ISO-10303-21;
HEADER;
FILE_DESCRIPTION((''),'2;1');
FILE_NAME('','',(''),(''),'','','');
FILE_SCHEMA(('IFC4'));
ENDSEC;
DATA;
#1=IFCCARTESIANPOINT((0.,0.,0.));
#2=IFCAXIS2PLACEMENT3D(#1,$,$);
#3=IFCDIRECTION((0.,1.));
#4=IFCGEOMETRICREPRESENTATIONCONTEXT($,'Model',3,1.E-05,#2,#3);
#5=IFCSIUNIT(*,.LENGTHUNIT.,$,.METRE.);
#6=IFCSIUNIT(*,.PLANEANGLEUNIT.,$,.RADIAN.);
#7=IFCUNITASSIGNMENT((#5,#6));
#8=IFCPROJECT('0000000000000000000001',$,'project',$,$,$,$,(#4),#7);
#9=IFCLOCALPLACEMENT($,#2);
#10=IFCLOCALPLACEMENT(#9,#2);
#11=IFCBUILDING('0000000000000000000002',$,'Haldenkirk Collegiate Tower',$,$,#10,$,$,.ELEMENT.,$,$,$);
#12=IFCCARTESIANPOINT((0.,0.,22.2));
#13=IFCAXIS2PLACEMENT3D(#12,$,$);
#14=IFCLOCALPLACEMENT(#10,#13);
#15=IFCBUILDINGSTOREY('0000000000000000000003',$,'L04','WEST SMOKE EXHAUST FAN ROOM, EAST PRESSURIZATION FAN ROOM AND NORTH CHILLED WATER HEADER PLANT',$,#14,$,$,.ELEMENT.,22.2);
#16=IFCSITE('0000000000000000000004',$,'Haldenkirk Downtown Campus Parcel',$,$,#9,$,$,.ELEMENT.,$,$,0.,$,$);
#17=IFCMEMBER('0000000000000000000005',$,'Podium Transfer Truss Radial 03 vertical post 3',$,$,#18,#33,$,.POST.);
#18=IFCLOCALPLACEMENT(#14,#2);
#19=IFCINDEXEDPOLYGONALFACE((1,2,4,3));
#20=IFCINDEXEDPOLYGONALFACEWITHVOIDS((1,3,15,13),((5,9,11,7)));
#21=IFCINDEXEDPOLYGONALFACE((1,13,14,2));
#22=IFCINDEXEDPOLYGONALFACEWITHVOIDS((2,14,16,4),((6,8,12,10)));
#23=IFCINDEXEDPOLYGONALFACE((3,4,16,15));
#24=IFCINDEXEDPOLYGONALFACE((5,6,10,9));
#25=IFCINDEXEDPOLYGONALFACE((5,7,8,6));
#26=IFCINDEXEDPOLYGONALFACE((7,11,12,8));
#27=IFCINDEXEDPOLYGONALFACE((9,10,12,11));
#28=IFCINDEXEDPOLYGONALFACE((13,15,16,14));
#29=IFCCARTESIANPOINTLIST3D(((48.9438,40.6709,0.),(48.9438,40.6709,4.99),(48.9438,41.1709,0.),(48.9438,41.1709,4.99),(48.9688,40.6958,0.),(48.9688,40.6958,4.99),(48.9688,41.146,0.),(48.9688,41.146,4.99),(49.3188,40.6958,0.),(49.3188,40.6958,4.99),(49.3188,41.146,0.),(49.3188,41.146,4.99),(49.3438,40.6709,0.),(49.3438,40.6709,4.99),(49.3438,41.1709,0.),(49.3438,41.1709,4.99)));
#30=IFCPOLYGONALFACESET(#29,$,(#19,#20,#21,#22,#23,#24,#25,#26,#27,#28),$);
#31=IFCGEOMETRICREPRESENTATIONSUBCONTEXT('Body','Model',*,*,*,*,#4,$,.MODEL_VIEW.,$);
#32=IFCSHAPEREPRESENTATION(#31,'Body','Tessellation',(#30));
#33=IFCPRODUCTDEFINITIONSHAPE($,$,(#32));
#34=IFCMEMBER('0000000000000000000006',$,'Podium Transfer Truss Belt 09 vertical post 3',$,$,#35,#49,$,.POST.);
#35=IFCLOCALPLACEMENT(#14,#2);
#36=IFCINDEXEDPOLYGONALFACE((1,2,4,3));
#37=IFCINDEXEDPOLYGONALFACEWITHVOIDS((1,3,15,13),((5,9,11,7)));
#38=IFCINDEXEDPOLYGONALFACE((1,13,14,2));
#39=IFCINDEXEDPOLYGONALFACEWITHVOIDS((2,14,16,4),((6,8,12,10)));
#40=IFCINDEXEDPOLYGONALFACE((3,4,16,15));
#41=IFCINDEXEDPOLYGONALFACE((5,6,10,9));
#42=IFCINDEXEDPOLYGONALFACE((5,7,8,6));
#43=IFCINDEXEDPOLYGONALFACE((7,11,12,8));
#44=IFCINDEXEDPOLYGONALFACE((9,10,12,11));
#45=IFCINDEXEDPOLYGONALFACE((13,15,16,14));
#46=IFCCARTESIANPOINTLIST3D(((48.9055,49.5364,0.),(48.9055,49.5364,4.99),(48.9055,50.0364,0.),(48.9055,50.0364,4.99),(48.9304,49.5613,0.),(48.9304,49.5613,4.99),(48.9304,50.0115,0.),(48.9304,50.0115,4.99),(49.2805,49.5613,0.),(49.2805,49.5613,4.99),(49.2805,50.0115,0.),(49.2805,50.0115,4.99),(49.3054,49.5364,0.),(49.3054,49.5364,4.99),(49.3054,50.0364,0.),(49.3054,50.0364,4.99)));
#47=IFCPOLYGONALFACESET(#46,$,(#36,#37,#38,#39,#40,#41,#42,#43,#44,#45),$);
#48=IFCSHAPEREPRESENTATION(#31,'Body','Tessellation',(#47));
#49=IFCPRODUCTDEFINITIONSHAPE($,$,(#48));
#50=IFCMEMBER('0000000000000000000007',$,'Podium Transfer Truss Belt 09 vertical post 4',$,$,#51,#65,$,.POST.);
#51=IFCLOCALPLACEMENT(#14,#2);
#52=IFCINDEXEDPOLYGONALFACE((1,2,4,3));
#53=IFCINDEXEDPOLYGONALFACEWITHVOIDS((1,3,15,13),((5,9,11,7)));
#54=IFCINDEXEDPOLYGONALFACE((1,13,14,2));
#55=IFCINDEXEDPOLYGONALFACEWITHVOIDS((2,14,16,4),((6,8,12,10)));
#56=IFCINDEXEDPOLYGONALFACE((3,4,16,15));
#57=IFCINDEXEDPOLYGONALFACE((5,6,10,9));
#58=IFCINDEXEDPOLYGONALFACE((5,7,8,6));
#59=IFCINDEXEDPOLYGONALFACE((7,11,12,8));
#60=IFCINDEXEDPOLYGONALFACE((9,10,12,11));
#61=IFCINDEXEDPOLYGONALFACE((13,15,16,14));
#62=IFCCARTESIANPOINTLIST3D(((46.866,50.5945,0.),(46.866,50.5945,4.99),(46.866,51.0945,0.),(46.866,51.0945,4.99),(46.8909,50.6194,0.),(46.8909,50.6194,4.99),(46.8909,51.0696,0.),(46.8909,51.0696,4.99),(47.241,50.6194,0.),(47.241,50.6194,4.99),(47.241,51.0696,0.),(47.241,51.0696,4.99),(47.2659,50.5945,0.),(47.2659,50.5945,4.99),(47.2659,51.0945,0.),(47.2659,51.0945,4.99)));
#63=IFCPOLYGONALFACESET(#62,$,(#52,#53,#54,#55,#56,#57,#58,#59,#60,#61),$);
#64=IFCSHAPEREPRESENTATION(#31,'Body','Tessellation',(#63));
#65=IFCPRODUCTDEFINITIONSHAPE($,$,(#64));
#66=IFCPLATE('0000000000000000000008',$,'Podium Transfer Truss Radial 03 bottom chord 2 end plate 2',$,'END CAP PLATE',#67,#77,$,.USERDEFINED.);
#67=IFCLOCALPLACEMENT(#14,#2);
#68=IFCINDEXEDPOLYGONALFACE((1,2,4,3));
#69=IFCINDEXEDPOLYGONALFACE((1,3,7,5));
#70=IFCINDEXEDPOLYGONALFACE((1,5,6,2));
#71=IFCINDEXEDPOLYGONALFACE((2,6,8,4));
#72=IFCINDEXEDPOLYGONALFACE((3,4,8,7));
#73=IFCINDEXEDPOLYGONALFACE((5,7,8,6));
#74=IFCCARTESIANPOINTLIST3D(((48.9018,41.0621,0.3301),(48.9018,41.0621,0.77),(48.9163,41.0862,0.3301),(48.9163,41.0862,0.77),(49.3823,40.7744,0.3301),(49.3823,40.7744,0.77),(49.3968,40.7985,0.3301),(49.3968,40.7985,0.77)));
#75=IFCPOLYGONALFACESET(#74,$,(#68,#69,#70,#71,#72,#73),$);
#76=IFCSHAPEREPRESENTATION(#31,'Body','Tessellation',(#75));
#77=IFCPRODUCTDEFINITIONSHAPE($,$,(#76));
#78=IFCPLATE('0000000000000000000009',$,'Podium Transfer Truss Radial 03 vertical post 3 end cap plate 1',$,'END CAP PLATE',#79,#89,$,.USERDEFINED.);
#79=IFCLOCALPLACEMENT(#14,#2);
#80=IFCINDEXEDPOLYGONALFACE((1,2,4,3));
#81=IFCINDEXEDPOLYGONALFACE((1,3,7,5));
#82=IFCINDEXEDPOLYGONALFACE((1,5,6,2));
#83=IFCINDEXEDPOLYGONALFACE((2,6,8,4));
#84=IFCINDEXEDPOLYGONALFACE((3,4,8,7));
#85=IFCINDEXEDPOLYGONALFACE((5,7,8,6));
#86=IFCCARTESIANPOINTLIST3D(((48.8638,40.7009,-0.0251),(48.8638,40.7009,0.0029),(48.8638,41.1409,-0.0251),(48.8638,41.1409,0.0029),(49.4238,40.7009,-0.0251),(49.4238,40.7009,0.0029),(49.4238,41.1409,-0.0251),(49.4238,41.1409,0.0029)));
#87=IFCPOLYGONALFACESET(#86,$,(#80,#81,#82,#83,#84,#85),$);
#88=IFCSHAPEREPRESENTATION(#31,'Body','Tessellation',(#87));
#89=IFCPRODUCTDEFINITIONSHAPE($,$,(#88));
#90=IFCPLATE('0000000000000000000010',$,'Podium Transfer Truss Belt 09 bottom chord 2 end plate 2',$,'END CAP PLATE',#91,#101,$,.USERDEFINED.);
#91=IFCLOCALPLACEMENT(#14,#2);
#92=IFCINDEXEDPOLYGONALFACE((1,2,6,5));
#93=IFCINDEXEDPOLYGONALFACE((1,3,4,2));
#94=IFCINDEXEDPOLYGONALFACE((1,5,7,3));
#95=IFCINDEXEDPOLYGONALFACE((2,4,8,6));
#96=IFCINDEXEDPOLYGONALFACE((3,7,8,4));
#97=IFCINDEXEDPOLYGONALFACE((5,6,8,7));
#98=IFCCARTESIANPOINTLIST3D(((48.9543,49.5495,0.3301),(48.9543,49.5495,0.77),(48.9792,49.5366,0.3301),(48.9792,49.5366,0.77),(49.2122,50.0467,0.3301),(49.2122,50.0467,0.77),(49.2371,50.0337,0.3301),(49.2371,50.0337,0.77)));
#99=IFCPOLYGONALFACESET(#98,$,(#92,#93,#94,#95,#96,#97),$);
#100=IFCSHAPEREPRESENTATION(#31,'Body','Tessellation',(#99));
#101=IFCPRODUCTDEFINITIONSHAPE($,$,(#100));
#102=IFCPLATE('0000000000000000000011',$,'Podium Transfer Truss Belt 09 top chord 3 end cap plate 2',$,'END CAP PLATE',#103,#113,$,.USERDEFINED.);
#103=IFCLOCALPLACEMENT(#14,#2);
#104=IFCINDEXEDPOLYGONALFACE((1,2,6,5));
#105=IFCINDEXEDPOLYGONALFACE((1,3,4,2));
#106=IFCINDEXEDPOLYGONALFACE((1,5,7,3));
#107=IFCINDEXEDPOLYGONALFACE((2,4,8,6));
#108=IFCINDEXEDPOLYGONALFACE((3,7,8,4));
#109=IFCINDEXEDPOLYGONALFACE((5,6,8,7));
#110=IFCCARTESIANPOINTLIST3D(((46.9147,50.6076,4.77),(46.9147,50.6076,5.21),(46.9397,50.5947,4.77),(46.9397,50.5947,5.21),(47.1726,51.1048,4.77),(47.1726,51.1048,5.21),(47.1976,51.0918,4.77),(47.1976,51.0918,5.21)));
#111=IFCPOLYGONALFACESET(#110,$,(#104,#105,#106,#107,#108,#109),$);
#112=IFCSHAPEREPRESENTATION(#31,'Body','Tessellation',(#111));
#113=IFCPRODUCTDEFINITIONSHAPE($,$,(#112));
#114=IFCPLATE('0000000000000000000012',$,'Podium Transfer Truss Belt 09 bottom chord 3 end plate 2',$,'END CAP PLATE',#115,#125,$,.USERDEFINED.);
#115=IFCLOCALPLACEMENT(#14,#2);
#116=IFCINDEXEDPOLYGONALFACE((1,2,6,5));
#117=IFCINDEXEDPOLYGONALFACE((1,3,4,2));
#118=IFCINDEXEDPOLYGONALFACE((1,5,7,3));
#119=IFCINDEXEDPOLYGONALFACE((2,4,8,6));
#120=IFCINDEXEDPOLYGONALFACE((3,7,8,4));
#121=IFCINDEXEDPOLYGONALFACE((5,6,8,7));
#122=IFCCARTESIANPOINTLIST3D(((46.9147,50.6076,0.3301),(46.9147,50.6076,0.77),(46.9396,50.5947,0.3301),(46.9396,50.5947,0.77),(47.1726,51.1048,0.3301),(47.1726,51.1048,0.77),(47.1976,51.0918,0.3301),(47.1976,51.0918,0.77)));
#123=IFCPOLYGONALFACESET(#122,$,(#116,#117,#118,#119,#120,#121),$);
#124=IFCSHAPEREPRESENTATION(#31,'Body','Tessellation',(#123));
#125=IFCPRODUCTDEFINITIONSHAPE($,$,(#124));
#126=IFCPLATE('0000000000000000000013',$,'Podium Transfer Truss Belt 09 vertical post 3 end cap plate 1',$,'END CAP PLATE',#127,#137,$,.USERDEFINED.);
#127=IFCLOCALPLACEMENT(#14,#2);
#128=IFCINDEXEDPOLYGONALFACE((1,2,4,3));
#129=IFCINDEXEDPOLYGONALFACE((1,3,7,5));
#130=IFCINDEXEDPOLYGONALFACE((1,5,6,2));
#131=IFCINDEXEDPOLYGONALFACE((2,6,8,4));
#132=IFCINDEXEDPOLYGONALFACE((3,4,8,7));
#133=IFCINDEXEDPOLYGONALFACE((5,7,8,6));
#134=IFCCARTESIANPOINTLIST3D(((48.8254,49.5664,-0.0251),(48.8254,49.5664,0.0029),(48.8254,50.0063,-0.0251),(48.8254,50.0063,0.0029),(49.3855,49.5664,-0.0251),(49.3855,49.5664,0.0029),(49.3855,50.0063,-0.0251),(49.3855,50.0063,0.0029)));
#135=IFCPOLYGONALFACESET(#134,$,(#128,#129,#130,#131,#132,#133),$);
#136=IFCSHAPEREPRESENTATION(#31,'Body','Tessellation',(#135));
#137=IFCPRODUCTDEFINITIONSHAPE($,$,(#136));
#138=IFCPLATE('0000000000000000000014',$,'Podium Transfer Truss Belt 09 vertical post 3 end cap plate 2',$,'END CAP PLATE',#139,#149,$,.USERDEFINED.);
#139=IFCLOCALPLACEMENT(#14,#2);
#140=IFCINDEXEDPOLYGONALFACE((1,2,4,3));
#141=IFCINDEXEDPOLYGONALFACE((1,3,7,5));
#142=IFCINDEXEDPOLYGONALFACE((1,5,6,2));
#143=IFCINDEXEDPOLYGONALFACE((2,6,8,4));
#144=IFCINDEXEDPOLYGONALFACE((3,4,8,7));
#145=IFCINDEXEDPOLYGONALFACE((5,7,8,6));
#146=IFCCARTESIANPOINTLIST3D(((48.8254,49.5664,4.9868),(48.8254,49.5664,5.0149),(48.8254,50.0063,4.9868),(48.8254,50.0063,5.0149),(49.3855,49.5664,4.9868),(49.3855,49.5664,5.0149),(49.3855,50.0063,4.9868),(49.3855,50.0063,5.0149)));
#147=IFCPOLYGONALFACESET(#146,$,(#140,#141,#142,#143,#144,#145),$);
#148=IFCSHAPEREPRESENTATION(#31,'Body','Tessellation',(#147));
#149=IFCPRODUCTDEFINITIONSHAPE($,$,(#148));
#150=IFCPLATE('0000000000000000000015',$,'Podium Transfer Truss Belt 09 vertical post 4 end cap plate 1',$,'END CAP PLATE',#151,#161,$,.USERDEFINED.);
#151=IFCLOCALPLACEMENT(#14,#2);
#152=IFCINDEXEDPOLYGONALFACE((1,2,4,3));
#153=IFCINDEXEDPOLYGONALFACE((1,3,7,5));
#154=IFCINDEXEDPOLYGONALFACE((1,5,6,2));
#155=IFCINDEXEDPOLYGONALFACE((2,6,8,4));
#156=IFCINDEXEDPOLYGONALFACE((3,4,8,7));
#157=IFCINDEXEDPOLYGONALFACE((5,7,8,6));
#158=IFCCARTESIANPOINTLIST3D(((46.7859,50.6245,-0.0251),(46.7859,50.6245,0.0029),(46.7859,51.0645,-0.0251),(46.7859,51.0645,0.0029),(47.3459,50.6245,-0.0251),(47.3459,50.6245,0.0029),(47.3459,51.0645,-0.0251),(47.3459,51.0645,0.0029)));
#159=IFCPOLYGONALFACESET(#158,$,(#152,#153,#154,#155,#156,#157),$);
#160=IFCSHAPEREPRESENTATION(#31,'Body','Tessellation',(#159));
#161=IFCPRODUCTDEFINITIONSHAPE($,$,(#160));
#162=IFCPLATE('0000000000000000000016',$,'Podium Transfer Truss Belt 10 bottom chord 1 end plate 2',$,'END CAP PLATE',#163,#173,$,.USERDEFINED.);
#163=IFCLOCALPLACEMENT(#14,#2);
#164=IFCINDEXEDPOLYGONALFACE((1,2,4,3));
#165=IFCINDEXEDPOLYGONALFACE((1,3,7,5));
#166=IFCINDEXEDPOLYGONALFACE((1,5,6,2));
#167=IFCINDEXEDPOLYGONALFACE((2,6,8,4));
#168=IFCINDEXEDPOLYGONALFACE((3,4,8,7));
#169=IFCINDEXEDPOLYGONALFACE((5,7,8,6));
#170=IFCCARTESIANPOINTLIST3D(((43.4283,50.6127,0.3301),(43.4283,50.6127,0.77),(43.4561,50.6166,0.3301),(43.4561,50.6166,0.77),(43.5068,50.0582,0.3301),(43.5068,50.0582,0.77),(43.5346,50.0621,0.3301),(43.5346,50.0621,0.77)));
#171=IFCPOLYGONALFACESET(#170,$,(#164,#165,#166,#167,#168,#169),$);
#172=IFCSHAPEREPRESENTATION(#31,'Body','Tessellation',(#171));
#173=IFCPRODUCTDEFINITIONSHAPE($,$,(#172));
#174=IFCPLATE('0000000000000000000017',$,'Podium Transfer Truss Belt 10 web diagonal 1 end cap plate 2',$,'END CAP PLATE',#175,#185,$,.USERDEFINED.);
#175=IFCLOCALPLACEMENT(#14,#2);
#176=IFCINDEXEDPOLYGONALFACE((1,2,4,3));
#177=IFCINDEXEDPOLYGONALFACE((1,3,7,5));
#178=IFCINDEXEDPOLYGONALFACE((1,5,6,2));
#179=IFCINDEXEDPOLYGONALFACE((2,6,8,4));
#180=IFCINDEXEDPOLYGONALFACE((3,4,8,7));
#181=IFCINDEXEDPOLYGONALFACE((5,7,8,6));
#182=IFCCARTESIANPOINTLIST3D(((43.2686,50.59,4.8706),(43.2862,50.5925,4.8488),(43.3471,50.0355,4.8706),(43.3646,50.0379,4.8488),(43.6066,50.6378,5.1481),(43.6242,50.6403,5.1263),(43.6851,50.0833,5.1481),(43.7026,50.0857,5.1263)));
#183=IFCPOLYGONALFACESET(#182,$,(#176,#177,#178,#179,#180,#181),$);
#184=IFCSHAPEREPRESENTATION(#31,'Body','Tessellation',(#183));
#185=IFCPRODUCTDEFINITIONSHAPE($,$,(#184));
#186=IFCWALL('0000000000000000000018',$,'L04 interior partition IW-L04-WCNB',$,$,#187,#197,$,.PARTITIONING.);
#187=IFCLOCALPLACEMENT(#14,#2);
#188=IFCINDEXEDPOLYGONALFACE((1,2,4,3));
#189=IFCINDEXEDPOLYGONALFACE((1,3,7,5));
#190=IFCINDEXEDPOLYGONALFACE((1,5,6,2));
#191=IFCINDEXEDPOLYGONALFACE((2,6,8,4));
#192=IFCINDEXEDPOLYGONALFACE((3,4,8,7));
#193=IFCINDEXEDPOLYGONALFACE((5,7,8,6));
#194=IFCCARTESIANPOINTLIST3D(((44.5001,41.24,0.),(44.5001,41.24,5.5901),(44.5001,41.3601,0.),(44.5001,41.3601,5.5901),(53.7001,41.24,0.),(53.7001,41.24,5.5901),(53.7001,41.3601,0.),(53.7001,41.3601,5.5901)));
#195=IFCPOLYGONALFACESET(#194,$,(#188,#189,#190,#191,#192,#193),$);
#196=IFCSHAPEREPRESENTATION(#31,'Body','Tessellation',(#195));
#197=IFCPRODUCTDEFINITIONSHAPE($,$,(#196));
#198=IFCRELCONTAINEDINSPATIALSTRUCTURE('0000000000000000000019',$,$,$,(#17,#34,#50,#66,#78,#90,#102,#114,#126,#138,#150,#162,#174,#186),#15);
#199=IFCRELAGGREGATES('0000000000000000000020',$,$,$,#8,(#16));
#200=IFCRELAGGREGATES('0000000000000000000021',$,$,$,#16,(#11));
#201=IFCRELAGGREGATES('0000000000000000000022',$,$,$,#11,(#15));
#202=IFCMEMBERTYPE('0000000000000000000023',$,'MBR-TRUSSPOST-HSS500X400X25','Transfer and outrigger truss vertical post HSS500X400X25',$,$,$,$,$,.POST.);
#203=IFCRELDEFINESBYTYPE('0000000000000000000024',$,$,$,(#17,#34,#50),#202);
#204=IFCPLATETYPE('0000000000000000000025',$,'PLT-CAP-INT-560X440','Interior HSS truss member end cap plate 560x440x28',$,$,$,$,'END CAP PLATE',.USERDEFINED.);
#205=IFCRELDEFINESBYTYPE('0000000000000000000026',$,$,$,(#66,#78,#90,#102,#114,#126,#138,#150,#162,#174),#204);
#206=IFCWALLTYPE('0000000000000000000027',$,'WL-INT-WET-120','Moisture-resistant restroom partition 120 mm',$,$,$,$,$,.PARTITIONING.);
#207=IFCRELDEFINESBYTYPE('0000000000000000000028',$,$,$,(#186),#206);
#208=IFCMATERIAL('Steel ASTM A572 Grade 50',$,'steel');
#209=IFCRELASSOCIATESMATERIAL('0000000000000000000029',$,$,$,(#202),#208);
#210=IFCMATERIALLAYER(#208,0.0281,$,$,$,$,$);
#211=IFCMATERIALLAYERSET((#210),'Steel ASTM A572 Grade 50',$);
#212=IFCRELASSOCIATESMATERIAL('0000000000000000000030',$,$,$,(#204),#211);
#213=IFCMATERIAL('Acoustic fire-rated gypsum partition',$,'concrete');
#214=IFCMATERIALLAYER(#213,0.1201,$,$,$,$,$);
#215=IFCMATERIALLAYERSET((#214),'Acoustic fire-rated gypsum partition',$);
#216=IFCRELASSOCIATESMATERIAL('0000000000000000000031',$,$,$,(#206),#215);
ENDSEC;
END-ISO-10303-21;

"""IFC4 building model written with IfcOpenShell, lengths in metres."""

from ifc_helpers import new_model, si_unit, direction, frame, frame_2d, origin, origin_2d, place, context, subcontext, project, spatial, rectangle, hollow_rectangle, extrude, source, transform, mapped, material, layer, layer_set, material_profile, profile_set, type_object, element, save


model = new_model("IFC4")

# Units and contexts
model_context = context("Model", 3, precision=1e-05, world=origin(), true_north=direction((0.0, 1.0)))
body_context = subcontext(model_context, "Body", "Model", "MODEL_VIEW")
ifc_project = project(units=[si_unit("LENGTHUNIT", "METRE"), si_unit("PLANEANGLEUNIT", "RADIAN")], contexts=[model_context])

# Site, building, storey
site_placement = place(None, origin())
site = spatial("IfcSite", under=ifc_project, at=site_placement, Name="Haldenkirk Downtown Campus Parcel", CompositionType="ELEMENT", RefElevation=0.0)
building_placement = place(site_placement, origin())
building = spatial("IfcBuilding", under=site, at=building_placement, Name="Haldenkirk Collegiate Tower", CompositionType="ELEMENT")
storey_placement = place(building_placement, frame((0.0, 0.0, 22.2)))
storey = spatial("IfcBuildingStorey", under=building, at=storey_placement, Name="L04", Description="WEST SMOKE EXHAUST FAN ROOM, EAST PRESSURIZATION FAN ROOM AND NORTH CHILLED WATER HEADER PLANT", CompositionType="ELEMENT", Elevation=22.2)

# Members
ifc_material_1 = material(Name="Steel ASTM A572 Grade 50", Category="steel")
ifc_material_profile_1 = material_profile(ifc_material_1, hollow_rectangle(XDim=0.3999, YDim=0.5, WallThickness=0.0249, at=origin_2d()), Name="HSS500X400X25")
ifc_profile_set_1 = profile_set([ifc_material_profile_1], Name="Steel ASTM A572 Grade 50")
member_type_1 = type_object("IfcMemberType", Name="MBR-TRUSSPOST-HSS500X400X25", Description="Transfer and outrigger truss vertical post HSS500X400X25", PredefinedType="POST", material=ifc_profile_set_1)
for number, where, z_axis, x_axis, name in (
    (1, (49.1438, 40.9209, 0.0), (0.0, 0.0, 1.0), (1.0, 0.0, 0.0), "Podium Transfer Truss Radial 03 vertical post 3"),
    (2, (49.1055, 49.7864, 0.0), (0.0, 0.0, 1.0), (1.0, 0.0, 0.0), "Podium Transfer Truss Belt 09 vertical post 3"),
    (3, (47.0659, 50.8445, 0.0), (0.0, 0.0, 1.0), (1.0, 0.0, 0.0), "Podium Transfer Truss Belt 09 vertical post 4"),
):
    element("IfcMember", number, at=place(storey_placement, frame(where, z_axis=z_axis, x_axis=x_axis)), inside=storey, type_object=member_type_1, Name=name, PredefinedType="POST", context=body_context, shape_type="SweptSolid", body=[
        extrude(hollow_rectangle(XDim=0.3999, YDim=0.5, WallThickness=0.0249, at=origin_2d()), origin(), (0.0, 0.0, 1.0), 4.99),
    ])

# Plates
ifc_layer_1 = layer(ifc_material_1, 0.0281)
ifc_layer_set_1 = layer_set([ifc_layer_1], Name="Steel ASTM A572 Grade 50")
plate_type = type_object("IfcPlateType", Name="PLT-CAP-INT-560X440", Description="Interior HSS truss member end cap plate 560x440x28", ElementType="END CAP PLATE", PredefinedType="USERDEFINED", material=ifc_layer_set_1)
shared_shape = source(origin(), body_context, "Body", "SweptSolid", [
    extrude(rectangle(XDim=0.5601, YDim=0.4399, at=origin_2d()), origin(), (0.0, 0.0, 1.0), 0.0281),
])
for number, where, z_axis, x_axis, name in (
    (4, (49.1421, 40.9182, 0.55), (0.513699, 0.85797, 0.0), (-0.85797, 0.513699, 0.0), "Podium Transfer Truss Radial 03 bottom chord 2 end plate 2"),
    (5, (49.1438, 40.9209, 0.0029), (0.0, 0.0, -1.0), (1.0, 0.0, 0.0), "Podium Transfer Truss Radial 03 vertical post 3 end cap plate 1"),
    (6, (49.1082, 49.7852, 0.55), (-0.887654, 0.46051, 0.0), (-0.46051, -0.887654, 0.0), "Podium Transfer Truss Belt 09 bottom chord 2 end plate 2"),
    (7, (47.0686, 50.8433, 4.99), (-0.88766, 0.460499, 0.0), (-0.460499, -0.88766, 0.0), "Podium Transfer Truss Belt 09 top chord 3 end cap plate 2"),
    (8, (47.0686, 50.8433, 0.55), (-0.887654, 0.46051, 0.0), (-0.46051, -0.887654, 0.0), "Podium Transfer Truss Belt 09 bottom chord 3 end plate 2"),
    (9, (49.1055, 49.7864, 0.0029), (0.0, 0.0, -1.0), (1.0, 0.0, 0.0), "Podium Transfer Truss Belt 09 vertical post 3 end cap plate 1"),
    (10, (49.1055, 49.7864, 4.9868), (0.0, 0.0, 1.0), (1.0, 0.0, 0.0), "Podium Transfer Truss Belt 09 vertical post 3 end cap plate 2"),
    (11, (47.0659, 50.8445, 0.0029), (0.0, 0.0, -1.0), (1.0, 0.0, 0.0), "Podium Transfer Truss Belt 09 vertical post 4 end cap plate 1"),
    (12, (43.4954, 50.3394, 0.55), (-0.990147, -0.140032, 0.0), (0.140032, -0.990147, 0.0), "Podium Transfer Truss Belt 10 bottom chord 1 end plate 2"),
    (13, (43.4944, 50.3391, 4.9875), (-0.624542, -0.088329, 0.77598), (0.140036, -0.990146, 0.0), "Podium Transfer Truss Belt 10 web diagonal 1 end cap plate 2"),
):
    element("IfcPlate", number, at=place(storey_placement, frame(where, z_axis=z_axis, x_axis=x_axis)), inside=storey, type_object=plate_type, Name=name, ObjectType="END CAP PLATE", PredefinedType="USERDEFINED", context=body_context, shape_type="MappedRepresentation", body=[
        mapped(shared_shape, transform((0.0, 0.0, 0.0), x_axis=(1.0, 0.0, 0.0), y_axis=(0.0, 1.0, 0.0), z_axis=(0.0, 0.0, 1.0), scale=1.0)),
    ])

# Wall
ifc_material_2 = material(Name="Acoustic fire-rated gypsum partition", Category="concrete")
ifc_layer_2 = layer(ifc_material_2, 0.1201)
ifc_layer_set_2 = layer_set([ifc_layer_2], Name="Acoustic fire-rated gypsum partition")
wall_type = type_object("IfcWallType", Name="WL-INT-WET-120", Description="Moisture-resistant restroom partition 120 mm", PredefinedType="PARTITIONING", material=ifc_layer_set_2)
wall_placement = place(storey_placement, frame((44.5, 41.3, 0.0), z_axis=(0.0, 0.0, 1.0), x_axis=(1.0, 0.0, 0.0)))
element("IfcWall", 14, at=wall_placement, inside=storey, type_object=wall_type, Name="L04 interior partition IW-L04-WCNB", PredefinedType="PARTITIONING", context=body_context, shape_type="SweptSolid", body=[
    extrude(rectangle(XDim=9.2, YDim=0.1201, at=frame_2d((4.6001, 0.0))), origin(), (0.0, 0.0, 1.0), 5.5901),
])

save(model, "model.ifc")
